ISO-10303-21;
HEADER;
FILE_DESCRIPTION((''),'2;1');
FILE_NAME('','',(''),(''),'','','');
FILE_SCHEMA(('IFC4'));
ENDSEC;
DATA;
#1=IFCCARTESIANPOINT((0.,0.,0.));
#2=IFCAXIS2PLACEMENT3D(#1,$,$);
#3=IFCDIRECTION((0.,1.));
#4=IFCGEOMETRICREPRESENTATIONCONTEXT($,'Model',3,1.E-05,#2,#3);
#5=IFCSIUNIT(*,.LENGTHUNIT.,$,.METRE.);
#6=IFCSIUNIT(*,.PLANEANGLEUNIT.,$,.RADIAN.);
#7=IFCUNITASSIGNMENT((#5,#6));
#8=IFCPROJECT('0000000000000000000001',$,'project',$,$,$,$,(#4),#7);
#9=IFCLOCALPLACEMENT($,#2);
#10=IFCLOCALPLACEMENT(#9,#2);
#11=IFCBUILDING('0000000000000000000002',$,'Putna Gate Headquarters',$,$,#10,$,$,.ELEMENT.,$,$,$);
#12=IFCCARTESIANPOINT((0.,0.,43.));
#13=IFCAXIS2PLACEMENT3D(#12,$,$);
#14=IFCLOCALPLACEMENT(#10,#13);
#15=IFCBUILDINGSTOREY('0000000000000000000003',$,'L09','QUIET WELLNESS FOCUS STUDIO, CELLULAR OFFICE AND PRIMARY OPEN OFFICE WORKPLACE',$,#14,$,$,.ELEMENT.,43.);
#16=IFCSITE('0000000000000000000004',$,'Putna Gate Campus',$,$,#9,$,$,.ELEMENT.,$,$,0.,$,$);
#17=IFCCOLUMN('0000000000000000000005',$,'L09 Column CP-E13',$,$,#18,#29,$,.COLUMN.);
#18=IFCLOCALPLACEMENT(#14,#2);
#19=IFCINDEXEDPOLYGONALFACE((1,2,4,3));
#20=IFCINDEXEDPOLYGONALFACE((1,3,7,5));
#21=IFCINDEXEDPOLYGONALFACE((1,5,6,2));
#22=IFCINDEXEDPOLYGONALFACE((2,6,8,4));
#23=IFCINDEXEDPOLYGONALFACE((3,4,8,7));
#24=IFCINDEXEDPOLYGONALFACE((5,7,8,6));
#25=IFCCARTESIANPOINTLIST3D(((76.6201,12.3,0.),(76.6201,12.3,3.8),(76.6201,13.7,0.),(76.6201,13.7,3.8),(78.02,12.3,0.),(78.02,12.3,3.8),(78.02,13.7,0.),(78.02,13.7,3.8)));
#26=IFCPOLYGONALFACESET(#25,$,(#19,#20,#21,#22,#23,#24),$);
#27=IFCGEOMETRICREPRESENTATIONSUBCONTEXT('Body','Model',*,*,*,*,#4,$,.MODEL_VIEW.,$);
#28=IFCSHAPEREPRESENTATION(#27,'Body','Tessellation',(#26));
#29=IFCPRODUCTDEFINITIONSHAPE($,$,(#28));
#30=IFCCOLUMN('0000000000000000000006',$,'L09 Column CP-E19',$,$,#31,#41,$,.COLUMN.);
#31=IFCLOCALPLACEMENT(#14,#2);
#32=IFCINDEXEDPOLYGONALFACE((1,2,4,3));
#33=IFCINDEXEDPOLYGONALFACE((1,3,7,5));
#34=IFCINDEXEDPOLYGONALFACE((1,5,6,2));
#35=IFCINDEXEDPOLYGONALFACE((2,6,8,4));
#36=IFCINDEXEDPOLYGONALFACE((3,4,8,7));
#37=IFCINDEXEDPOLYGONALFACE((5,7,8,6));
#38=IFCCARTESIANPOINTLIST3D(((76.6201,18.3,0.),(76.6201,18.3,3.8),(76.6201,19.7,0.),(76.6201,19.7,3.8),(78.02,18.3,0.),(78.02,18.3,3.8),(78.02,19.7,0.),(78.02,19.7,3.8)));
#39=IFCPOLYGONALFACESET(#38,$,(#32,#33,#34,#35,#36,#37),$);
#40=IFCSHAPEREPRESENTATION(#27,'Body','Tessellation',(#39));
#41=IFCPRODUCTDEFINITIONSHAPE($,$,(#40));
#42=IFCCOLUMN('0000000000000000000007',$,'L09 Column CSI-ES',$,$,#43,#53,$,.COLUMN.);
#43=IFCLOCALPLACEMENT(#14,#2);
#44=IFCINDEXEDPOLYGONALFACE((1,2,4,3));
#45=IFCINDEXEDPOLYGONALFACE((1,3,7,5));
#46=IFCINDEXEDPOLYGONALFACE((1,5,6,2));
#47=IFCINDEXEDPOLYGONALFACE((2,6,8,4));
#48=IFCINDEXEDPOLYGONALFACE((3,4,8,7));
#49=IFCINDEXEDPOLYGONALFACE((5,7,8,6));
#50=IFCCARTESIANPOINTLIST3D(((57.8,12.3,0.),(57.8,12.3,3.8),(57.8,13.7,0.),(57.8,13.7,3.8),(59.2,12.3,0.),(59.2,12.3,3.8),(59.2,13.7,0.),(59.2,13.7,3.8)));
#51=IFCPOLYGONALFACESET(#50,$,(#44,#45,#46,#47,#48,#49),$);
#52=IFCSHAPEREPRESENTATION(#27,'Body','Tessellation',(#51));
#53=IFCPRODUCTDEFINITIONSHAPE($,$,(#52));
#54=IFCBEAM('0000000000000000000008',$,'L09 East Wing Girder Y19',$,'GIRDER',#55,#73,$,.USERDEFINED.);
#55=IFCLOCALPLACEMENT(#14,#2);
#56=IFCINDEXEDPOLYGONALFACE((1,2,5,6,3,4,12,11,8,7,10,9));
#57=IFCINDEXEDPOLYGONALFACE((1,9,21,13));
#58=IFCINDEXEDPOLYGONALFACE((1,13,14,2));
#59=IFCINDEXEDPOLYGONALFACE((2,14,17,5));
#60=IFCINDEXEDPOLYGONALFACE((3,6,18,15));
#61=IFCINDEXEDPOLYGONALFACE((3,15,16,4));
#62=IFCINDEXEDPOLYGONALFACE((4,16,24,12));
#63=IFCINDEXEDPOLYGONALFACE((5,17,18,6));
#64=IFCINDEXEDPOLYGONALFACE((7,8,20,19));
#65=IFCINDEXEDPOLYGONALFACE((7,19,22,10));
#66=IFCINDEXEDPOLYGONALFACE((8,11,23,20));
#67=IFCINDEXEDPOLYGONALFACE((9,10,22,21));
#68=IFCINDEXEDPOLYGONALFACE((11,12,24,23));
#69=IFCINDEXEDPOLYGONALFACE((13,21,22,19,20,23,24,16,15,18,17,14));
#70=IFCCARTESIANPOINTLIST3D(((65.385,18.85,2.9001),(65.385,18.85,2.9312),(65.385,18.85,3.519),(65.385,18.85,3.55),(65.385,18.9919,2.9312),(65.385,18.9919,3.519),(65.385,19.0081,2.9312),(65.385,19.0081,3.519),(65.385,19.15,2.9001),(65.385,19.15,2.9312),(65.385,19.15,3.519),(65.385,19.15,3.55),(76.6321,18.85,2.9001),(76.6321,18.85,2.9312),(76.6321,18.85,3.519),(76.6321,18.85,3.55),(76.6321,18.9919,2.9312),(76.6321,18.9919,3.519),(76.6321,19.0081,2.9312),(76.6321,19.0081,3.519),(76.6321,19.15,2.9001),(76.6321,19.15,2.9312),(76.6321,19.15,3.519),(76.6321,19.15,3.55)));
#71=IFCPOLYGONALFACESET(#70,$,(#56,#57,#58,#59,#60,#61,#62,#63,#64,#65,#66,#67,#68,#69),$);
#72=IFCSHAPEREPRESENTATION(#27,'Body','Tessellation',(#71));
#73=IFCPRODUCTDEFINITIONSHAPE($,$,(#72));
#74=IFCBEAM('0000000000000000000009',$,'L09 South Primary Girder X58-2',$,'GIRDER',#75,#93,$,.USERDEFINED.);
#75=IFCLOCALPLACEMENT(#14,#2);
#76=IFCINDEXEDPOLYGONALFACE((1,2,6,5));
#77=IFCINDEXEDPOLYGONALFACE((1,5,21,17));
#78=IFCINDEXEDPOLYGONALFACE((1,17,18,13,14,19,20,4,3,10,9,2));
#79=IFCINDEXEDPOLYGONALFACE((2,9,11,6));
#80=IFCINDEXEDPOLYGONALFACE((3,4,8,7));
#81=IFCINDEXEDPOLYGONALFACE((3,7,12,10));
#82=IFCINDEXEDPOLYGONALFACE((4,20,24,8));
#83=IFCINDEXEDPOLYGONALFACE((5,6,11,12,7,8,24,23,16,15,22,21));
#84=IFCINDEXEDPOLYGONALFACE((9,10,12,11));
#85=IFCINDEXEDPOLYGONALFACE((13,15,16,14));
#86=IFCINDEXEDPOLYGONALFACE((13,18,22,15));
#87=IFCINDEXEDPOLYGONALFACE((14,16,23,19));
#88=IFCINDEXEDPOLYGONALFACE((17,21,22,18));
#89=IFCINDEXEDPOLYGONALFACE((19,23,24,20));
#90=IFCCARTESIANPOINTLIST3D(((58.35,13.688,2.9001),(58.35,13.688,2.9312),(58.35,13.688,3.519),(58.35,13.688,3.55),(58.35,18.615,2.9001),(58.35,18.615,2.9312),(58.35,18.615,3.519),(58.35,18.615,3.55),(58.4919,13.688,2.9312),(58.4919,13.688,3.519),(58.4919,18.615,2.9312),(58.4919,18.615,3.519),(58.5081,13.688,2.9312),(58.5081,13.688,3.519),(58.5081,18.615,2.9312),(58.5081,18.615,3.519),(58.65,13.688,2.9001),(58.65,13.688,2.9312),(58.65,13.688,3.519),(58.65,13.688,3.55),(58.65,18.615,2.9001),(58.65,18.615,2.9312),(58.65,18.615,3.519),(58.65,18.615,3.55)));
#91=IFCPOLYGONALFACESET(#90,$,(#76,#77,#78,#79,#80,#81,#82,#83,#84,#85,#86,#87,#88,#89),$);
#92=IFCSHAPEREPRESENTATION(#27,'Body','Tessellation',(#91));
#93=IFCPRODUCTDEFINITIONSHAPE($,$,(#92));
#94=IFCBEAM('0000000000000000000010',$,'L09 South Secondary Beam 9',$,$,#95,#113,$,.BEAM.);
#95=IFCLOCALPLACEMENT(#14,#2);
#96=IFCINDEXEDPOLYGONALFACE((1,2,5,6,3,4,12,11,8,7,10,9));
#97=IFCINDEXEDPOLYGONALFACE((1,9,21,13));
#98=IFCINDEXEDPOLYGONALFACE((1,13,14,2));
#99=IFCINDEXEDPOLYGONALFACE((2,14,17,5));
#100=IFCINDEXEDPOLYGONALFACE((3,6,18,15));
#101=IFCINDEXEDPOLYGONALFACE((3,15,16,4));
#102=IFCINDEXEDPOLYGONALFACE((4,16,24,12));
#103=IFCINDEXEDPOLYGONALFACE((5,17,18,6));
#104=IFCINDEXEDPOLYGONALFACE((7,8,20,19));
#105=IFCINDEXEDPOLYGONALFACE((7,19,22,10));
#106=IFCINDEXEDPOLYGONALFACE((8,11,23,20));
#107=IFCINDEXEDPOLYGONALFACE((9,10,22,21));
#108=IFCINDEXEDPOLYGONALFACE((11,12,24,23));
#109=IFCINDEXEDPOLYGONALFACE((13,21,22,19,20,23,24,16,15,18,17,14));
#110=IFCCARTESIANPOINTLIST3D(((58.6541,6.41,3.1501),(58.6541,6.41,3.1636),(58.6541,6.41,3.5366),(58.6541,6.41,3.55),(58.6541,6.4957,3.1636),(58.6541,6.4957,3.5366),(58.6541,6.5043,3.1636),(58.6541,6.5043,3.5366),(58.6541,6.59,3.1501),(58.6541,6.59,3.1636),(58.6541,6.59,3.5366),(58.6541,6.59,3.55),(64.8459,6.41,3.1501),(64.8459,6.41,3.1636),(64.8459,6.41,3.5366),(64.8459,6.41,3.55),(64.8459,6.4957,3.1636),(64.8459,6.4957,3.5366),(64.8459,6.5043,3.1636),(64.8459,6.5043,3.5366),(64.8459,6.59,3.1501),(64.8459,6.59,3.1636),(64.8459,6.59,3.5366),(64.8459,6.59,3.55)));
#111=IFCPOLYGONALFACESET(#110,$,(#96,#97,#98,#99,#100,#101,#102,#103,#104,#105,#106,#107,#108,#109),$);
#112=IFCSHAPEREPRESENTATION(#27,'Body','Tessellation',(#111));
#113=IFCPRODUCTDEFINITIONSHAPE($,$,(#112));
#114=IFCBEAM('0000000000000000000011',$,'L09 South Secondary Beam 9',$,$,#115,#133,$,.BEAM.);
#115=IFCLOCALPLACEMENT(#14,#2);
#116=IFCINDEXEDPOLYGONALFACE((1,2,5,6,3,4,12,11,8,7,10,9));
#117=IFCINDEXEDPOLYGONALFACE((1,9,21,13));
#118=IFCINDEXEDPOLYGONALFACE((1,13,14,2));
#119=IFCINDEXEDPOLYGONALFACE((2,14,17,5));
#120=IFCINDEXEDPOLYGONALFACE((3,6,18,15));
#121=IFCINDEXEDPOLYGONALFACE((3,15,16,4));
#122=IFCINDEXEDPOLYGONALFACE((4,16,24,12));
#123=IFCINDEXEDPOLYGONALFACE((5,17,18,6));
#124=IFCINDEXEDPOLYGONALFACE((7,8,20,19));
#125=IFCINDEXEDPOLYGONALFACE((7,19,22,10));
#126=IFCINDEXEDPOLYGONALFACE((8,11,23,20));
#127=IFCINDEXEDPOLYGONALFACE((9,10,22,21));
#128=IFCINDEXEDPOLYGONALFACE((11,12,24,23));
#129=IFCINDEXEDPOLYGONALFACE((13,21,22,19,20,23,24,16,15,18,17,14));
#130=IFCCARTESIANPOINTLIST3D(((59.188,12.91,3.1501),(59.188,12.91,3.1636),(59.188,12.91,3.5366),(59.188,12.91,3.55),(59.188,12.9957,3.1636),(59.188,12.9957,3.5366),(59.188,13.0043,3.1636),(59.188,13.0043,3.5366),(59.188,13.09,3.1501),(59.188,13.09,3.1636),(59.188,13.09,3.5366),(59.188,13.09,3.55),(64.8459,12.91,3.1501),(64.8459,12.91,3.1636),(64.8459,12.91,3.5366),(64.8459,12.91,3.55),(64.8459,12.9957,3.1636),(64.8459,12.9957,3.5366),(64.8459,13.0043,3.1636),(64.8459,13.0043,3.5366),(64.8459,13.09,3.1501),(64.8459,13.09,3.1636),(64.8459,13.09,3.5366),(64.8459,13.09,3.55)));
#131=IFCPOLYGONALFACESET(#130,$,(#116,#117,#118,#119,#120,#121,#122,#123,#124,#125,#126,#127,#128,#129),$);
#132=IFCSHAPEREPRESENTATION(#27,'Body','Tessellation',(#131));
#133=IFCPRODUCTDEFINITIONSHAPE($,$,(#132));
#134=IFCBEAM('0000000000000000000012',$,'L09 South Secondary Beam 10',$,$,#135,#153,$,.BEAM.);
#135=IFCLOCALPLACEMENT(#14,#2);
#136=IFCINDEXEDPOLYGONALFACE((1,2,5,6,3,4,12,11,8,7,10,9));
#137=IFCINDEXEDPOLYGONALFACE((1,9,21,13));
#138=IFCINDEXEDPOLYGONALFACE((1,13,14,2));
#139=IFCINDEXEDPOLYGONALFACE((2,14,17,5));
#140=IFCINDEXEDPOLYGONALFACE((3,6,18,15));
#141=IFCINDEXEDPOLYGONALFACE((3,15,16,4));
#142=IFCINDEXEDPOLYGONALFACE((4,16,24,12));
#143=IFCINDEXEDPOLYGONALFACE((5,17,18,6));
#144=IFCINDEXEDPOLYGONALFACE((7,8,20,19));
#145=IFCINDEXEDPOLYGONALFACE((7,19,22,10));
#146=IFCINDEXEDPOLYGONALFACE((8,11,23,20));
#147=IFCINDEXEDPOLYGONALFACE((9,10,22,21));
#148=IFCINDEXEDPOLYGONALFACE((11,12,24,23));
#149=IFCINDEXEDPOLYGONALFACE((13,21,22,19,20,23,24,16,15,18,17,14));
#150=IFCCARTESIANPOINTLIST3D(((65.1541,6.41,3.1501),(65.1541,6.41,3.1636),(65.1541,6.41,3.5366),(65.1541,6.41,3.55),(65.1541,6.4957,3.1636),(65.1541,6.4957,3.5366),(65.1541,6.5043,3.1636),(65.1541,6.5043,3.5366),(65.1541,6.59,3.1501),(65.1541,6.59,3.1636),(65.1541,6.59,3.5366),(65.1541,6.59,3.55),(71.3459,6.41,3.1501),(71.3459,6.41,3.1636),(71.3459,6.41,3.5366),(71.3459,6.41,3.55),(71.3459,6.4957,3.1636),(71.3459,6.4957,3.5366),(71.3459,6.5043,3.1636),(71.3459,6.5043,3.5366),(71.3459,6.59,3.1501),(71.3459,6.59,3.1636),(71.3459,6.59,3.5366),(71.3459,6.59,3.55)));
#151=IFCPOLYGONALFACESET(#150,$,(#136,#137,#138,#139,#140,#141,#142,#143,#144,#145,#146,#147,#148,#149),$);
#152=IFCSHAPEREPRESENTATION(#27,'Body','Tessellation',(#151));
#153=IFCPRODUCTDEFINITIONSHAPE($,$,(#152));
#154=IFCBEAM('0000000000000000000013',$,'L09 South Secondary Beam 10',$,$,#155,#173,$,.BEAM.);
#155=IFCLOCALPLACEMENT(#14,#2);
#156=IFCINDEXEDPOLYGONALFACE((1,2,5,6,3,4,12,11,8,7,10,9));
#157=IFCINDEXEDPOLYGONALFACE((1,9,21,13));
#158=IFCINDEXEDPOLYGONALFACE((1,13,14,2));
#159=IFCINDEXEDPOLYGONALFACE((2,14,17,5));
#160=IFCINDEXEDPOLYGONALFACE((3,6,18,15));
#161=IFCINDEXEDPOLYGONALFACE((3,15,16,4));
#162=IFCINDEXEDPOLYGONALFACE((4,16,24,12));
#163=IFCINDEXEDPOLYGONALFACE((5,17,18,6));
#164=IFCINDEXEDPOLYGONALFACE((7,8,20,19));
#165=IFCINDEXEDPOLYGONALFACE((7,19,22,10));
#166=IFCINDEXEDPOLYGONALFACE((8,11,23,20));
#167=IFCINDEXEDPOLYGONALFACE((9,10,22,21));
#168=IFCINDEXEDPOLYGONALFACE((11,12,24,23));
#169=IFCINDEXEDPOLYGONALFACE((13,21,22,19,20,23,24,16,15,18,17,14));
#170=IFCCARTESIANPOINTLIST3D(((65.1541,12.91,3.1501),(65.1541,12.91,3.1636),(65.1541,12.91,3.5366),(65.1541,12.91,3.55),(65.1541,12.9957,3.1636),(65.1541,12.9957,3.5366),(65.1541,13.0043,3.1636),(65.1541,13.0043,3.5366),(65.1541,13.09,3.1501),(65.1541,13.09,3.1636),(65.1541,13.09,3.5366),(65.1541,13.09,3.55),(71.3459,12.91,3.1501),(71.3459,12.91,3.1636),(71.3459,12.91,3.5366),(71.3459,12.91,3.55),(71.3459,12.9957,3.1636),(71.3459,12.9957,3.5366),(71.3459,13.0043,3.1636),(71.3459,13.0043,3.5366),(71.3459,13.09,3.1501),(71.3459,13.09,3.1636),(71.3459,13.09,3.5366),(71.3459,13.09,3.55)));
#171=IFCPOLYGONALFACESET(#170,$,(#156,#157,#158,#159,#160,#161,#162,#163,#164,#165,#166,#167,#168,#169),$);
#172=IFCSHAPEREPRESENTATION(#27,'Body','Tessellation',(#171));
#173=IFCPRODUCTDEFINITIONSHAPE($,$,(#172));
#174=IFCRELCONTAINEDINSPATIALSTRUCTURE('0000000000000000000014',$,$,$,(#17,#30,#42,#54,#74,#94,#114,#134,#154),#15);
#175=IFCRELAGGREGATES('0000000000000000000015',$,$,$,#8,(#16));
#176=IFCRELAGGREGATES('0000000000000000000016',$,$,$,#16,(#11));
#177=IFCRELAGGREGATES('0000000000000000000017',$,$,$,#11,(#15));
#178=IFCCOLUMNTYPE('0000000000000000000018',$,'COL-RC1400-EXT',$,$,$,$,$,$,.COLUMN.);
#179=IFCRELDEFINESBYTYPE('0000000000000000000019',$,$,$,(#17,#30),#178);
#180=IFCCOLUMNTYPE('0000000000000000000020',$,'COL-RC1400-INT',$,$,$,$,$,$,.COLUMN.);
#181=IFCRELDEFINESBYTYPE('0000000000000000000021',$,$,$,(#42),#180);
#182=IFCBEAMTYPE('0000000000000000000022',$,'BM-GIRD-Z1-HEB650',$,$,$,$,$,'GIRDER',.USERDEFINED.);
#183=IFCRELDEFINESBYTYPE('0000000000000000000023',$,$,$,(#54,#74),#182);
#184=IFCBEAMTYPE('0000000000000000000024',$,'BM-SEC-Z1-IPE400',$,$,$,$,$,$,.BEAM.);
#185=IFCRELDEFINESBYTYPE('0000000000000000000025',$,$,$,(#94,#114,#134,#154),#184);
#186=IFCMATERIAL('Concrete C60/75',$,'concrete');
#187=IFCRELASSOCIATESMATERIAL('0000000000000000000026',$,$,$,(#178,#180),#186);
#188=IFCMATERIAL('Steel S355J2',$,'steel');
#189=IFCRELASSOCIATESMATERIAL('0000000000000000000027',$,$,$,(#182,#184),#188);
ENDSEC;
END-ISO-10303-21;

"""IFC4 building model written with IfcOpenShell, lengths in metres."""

from ifc_helpers import new_model, si_unit, direction, frame, origin, origin_2d, place, context, subcontext, project, spatial, rectangle, i_section, extrude, material, material_profile, profile_set, type_object, element, save


model = new_model("IFC4")

# Units and contexts
model_context = context("Model", 3, precision=1e-05, world=origin(), true_north=direction((0.0, 1.0)))
body_context = subcontext(model_context, "Body", "Model", "MODEL_VIEW")
ifc_project = project(units=[si_unit("LENGTHUNIT", "METRE"), si_unit("PLANEANGLEUNIT", "RADIAN")], contexts=[model_context])

# Site, building, storey
site_placement = place(None, origin())
site = spatial("IfcSite", under=ifc_project, at=site_placement, Name="Putna Gate Campus", CompositionType="ELEMENT", RefElevation=0.0)
building_placement = place(site_placement, origin())
building = spatial("IfcBuilding", under=site, at=building_placement, Name="Putna Gate Headquarters", CompositionType="ELEMENT")
storey_placement = place(building_placement, frame((0.0, 0.0, 43.0)))
storey = spatial("IfcBuildingStorey", under=building, at=storey_placement, Name="L09", Description="QUIET WELLNESS FOCUS STUDIO, CELLULAR OFFICE AND PRIMARY OPEN OFFICE WORKPLACE", CompositionType="ELEMENT", Elevation=43.0)

# Columns
ifc_material_1 = material(Name="Concrete C60/75", Category="concrete")
ifc_material_profile_1 = material_profile(ifc_material_1, rectangle(XDim=1.3999, YDim=1.3999, at=origin_2d()), Name="Concrete C60/75")
ifc_profile_set_1 = profile_set([ifc_material_profile_1], Name="Concrete C60/75")
column_type_1 = type_object("IfcColumnType", Name="COL-RC1400-EXT", PredefinedType="COLUMN", material=ifc_profile_set_1)
for number, where, z_axis, x_axis, name in (
    (1, (77.3201, 13.0, 0.0), (0.0, 0.0, 1.0), (1.0, 0.0, 0.0), "L09 Column CP-E13"),
    (2, (77.3201, 19.0, 0.0), (0.0, 0.0, 1.0), (1.0, 0.0, 0.0), "L09 Column CP-E19"),
):
    element("IfcColumn", number, at=place(storey_placement, frame(where, z_axis=z_axis, x_axis=x_axis)), inside=storey, type_object=column_type_1, Name=name, PredefinedType="COLUMN", context=body_context, shape_type="SweptSolid", body=[
        extrude(rectangle(XDim=1.3999, YDim=1.3999, at=origin_2d()), origin(), (0.0, 0.0, 1.0), 3.8),
    ])
ifc_material_profile_2 = material_profile(ifc_material_1, rectangle(XDim=1.3999, YDim=1.3999, at=origin_2d()), Name="Concrete C60/75")
ifc_profile_set_2 = profile_set([ifc_material_profile_2], Name="Concrete C60/75")
column_type_2 = type_object("IfcColumnType", Name="COL-RC1400-INT", PredefinedType="COLUMN", material=ifc_profile_set_2)
column_placement = place(storey_placement, frame((58.5, 13.0, 0.0), z_axis=(0.0, 0.0, 1.0), x_axis=(1.0, 0.0, 0.0)))
element("IfcColumn", 3, at=column_placement, inside=storey, type_object=column_type_2, Name="L09 Column CSI-ES", PredefinedType="COLUMN", context=body_context, shape_type="SweptSolid", body=[
    extrude(rectangle(XDim=1.3999, YDim=1.3999, at=origin_2d()), origin(), (0.0, 0.0, 1.0), 3.8),
])

# Beams
ifc_material_2 = material(Name="Steel S355J2", Category="steel")
ifc_material_profile_3 = material_profile(ifc_material_2, i_section(OverallWidth=0.3, OverallDepth=0.6499, WebThickness=0.0161, FlangeThickness=0.031, at=origin_2d()), Name="Steel S355J2")
ifc_profile_set_3 = profile_set([ifc_material_profile_3], Name="Steel S355J2")
beam_type_1 = type_object("IfcBeamType", Name="BM-GIRD-Z1-HEB650", ElementType="GIRDER", PredefinedType="USERDEFINED", material=ifc_profile_set_3)
beam_1_placement = place(storey_placement, frame((65.385, 19.0, 3.2251), z_axis=(1.0, 0.0, 0.0), x_axis=(0.0, 1.0, 0.0)))
element("IfcBeam", 4, at=beam_1_placement, inside=storey, type_object=beam_type_1, Name="L09 East Wing Girder Y19", ObjectType="GIRDER", PredefinedType="USERDEFINED", context=body_context, shape_type="SweptSolid", body=[
    extrude(i_section(OverallWidth=0.3, OverallDepth=0.6499, WebThickness=0.0161, FlangeThickness=0.031, at=origin_2d()), origin(), (0.0, 0.0, 1.0), 11.2471),
])
beam_2_placement = place(storey_placement, frame((58.5, 13.688, 3.2251), z_axis=(0.0, 1.0, 0.0), x_axis=(-1.0, 0.0, 0.0)))
element("IfcBeam", 5, at=beam_2_placement, inside=storey, type_object=beam_type_1, Name="L09 South Primary Girder X58-2", ObjectType="GIRDER", PredefinedType="USERDEFINED", context=body_context, shape_type="SweptSolid", body=[
    extrude(i_section(OverallWidth=0.3, OverallDepth=0.6499, WebThickness=0.0161, FlangeThickness=0.031, at=origin_2d()), origin(), (0.0, 0.0, 1.0), 4.927),
])
ifc_material_profile_4 = material_profile(ifc_material_2, i_section(OverallWidth=0.1799, OverallDepth=0.3999, WebThickness=0.0085, FlangeThickness=0.0134, at=origin_2d()), Name="Steel S355J2")
ifc_profile_set_4 = profile_set([ifc_material_profile_4], Name="Steel S355J2")
beam_type_2 = type_object("IfcBeamType", Name="BM-SEC-Z1-IPE400", PredefinedType="BEAM", material=ifc_profile_set_4)
beam_3_placement = place(storey_placement, frame((58.6541, 6.5, 3.3501), z_axis=(1.0, 0.0, 0.0), x_axis=(0.0, 1.0, 0.0)))
element("IfcBeam", 6, at=beam_3_placement, inside=storey, type_object=beam_type_2, Name="L09 South Secondary Beam 9", PredefinedType="BEAM", context=body_context, shape_type="SweptSolid", body=[
    extrude(i_section(OverallWidth=0.1799, OverallDepth=0.3999, WebThickness=0.0085, FlangeThickness=0.0134, at=origin_2d()), origin(), (0.0, 0.0, 1.0), 6.1919),
])
beam_4_placement = place(storey_placement, frame((59.188, 13.0, 3.3501), z_axis=(1.0, 0.0, 0.0), x_axis=(0.0, 1.0, 0.0)))
element("IfcBeam", 7, at=beam_4_placement, inside=storey, type_object=beam_type_2, Name="L09 South Secondary Beam 9", PredefinedType="BEAM", context=body_context, shape_type="SweptSolid", body=[
    extrude(i_section(OverallWidth=0.1799, OverallDepth=0.3999, WebThickness=0.0085, FlangeThickness=0.0134, at=origin_2d()), origin(), (0.0, 0.0, 1.0), 5.658),
])
for number, where, z_axis, x_axis, name in (
    (8, (65.1541, 6.5, 3.3501), (1.0, 0.0, 0.0), (0.0, 1.0, 0.0), "L09 South Secondary Beam 10"),
    (9, (65.1541, 13.0, 3.3501), (1.0, 0.0, 0.0), (0.0, 1.0, 0.0), "L09 South Secondary Beam 10"),
):
    element("IfcBeam", number, at=place(storey_placement, frame(where, z_axis=z_axis, x_axis=x_axis)), inside=storey, type_object=beam_type_2, Name=name, PredefinedType="BEAM", context=body_context, shape_type="SweptSolid", body=[
        extrude(i_section(OverallWidth=0.1799, OverallDepth=0.3999, WebThickness=0.0085, FlangeThickness=0.0134, at=origin_2d()), origin(), (0.0, 0.0, 1.0), 6.1919),
    ])

save(model, "model.ifc")
